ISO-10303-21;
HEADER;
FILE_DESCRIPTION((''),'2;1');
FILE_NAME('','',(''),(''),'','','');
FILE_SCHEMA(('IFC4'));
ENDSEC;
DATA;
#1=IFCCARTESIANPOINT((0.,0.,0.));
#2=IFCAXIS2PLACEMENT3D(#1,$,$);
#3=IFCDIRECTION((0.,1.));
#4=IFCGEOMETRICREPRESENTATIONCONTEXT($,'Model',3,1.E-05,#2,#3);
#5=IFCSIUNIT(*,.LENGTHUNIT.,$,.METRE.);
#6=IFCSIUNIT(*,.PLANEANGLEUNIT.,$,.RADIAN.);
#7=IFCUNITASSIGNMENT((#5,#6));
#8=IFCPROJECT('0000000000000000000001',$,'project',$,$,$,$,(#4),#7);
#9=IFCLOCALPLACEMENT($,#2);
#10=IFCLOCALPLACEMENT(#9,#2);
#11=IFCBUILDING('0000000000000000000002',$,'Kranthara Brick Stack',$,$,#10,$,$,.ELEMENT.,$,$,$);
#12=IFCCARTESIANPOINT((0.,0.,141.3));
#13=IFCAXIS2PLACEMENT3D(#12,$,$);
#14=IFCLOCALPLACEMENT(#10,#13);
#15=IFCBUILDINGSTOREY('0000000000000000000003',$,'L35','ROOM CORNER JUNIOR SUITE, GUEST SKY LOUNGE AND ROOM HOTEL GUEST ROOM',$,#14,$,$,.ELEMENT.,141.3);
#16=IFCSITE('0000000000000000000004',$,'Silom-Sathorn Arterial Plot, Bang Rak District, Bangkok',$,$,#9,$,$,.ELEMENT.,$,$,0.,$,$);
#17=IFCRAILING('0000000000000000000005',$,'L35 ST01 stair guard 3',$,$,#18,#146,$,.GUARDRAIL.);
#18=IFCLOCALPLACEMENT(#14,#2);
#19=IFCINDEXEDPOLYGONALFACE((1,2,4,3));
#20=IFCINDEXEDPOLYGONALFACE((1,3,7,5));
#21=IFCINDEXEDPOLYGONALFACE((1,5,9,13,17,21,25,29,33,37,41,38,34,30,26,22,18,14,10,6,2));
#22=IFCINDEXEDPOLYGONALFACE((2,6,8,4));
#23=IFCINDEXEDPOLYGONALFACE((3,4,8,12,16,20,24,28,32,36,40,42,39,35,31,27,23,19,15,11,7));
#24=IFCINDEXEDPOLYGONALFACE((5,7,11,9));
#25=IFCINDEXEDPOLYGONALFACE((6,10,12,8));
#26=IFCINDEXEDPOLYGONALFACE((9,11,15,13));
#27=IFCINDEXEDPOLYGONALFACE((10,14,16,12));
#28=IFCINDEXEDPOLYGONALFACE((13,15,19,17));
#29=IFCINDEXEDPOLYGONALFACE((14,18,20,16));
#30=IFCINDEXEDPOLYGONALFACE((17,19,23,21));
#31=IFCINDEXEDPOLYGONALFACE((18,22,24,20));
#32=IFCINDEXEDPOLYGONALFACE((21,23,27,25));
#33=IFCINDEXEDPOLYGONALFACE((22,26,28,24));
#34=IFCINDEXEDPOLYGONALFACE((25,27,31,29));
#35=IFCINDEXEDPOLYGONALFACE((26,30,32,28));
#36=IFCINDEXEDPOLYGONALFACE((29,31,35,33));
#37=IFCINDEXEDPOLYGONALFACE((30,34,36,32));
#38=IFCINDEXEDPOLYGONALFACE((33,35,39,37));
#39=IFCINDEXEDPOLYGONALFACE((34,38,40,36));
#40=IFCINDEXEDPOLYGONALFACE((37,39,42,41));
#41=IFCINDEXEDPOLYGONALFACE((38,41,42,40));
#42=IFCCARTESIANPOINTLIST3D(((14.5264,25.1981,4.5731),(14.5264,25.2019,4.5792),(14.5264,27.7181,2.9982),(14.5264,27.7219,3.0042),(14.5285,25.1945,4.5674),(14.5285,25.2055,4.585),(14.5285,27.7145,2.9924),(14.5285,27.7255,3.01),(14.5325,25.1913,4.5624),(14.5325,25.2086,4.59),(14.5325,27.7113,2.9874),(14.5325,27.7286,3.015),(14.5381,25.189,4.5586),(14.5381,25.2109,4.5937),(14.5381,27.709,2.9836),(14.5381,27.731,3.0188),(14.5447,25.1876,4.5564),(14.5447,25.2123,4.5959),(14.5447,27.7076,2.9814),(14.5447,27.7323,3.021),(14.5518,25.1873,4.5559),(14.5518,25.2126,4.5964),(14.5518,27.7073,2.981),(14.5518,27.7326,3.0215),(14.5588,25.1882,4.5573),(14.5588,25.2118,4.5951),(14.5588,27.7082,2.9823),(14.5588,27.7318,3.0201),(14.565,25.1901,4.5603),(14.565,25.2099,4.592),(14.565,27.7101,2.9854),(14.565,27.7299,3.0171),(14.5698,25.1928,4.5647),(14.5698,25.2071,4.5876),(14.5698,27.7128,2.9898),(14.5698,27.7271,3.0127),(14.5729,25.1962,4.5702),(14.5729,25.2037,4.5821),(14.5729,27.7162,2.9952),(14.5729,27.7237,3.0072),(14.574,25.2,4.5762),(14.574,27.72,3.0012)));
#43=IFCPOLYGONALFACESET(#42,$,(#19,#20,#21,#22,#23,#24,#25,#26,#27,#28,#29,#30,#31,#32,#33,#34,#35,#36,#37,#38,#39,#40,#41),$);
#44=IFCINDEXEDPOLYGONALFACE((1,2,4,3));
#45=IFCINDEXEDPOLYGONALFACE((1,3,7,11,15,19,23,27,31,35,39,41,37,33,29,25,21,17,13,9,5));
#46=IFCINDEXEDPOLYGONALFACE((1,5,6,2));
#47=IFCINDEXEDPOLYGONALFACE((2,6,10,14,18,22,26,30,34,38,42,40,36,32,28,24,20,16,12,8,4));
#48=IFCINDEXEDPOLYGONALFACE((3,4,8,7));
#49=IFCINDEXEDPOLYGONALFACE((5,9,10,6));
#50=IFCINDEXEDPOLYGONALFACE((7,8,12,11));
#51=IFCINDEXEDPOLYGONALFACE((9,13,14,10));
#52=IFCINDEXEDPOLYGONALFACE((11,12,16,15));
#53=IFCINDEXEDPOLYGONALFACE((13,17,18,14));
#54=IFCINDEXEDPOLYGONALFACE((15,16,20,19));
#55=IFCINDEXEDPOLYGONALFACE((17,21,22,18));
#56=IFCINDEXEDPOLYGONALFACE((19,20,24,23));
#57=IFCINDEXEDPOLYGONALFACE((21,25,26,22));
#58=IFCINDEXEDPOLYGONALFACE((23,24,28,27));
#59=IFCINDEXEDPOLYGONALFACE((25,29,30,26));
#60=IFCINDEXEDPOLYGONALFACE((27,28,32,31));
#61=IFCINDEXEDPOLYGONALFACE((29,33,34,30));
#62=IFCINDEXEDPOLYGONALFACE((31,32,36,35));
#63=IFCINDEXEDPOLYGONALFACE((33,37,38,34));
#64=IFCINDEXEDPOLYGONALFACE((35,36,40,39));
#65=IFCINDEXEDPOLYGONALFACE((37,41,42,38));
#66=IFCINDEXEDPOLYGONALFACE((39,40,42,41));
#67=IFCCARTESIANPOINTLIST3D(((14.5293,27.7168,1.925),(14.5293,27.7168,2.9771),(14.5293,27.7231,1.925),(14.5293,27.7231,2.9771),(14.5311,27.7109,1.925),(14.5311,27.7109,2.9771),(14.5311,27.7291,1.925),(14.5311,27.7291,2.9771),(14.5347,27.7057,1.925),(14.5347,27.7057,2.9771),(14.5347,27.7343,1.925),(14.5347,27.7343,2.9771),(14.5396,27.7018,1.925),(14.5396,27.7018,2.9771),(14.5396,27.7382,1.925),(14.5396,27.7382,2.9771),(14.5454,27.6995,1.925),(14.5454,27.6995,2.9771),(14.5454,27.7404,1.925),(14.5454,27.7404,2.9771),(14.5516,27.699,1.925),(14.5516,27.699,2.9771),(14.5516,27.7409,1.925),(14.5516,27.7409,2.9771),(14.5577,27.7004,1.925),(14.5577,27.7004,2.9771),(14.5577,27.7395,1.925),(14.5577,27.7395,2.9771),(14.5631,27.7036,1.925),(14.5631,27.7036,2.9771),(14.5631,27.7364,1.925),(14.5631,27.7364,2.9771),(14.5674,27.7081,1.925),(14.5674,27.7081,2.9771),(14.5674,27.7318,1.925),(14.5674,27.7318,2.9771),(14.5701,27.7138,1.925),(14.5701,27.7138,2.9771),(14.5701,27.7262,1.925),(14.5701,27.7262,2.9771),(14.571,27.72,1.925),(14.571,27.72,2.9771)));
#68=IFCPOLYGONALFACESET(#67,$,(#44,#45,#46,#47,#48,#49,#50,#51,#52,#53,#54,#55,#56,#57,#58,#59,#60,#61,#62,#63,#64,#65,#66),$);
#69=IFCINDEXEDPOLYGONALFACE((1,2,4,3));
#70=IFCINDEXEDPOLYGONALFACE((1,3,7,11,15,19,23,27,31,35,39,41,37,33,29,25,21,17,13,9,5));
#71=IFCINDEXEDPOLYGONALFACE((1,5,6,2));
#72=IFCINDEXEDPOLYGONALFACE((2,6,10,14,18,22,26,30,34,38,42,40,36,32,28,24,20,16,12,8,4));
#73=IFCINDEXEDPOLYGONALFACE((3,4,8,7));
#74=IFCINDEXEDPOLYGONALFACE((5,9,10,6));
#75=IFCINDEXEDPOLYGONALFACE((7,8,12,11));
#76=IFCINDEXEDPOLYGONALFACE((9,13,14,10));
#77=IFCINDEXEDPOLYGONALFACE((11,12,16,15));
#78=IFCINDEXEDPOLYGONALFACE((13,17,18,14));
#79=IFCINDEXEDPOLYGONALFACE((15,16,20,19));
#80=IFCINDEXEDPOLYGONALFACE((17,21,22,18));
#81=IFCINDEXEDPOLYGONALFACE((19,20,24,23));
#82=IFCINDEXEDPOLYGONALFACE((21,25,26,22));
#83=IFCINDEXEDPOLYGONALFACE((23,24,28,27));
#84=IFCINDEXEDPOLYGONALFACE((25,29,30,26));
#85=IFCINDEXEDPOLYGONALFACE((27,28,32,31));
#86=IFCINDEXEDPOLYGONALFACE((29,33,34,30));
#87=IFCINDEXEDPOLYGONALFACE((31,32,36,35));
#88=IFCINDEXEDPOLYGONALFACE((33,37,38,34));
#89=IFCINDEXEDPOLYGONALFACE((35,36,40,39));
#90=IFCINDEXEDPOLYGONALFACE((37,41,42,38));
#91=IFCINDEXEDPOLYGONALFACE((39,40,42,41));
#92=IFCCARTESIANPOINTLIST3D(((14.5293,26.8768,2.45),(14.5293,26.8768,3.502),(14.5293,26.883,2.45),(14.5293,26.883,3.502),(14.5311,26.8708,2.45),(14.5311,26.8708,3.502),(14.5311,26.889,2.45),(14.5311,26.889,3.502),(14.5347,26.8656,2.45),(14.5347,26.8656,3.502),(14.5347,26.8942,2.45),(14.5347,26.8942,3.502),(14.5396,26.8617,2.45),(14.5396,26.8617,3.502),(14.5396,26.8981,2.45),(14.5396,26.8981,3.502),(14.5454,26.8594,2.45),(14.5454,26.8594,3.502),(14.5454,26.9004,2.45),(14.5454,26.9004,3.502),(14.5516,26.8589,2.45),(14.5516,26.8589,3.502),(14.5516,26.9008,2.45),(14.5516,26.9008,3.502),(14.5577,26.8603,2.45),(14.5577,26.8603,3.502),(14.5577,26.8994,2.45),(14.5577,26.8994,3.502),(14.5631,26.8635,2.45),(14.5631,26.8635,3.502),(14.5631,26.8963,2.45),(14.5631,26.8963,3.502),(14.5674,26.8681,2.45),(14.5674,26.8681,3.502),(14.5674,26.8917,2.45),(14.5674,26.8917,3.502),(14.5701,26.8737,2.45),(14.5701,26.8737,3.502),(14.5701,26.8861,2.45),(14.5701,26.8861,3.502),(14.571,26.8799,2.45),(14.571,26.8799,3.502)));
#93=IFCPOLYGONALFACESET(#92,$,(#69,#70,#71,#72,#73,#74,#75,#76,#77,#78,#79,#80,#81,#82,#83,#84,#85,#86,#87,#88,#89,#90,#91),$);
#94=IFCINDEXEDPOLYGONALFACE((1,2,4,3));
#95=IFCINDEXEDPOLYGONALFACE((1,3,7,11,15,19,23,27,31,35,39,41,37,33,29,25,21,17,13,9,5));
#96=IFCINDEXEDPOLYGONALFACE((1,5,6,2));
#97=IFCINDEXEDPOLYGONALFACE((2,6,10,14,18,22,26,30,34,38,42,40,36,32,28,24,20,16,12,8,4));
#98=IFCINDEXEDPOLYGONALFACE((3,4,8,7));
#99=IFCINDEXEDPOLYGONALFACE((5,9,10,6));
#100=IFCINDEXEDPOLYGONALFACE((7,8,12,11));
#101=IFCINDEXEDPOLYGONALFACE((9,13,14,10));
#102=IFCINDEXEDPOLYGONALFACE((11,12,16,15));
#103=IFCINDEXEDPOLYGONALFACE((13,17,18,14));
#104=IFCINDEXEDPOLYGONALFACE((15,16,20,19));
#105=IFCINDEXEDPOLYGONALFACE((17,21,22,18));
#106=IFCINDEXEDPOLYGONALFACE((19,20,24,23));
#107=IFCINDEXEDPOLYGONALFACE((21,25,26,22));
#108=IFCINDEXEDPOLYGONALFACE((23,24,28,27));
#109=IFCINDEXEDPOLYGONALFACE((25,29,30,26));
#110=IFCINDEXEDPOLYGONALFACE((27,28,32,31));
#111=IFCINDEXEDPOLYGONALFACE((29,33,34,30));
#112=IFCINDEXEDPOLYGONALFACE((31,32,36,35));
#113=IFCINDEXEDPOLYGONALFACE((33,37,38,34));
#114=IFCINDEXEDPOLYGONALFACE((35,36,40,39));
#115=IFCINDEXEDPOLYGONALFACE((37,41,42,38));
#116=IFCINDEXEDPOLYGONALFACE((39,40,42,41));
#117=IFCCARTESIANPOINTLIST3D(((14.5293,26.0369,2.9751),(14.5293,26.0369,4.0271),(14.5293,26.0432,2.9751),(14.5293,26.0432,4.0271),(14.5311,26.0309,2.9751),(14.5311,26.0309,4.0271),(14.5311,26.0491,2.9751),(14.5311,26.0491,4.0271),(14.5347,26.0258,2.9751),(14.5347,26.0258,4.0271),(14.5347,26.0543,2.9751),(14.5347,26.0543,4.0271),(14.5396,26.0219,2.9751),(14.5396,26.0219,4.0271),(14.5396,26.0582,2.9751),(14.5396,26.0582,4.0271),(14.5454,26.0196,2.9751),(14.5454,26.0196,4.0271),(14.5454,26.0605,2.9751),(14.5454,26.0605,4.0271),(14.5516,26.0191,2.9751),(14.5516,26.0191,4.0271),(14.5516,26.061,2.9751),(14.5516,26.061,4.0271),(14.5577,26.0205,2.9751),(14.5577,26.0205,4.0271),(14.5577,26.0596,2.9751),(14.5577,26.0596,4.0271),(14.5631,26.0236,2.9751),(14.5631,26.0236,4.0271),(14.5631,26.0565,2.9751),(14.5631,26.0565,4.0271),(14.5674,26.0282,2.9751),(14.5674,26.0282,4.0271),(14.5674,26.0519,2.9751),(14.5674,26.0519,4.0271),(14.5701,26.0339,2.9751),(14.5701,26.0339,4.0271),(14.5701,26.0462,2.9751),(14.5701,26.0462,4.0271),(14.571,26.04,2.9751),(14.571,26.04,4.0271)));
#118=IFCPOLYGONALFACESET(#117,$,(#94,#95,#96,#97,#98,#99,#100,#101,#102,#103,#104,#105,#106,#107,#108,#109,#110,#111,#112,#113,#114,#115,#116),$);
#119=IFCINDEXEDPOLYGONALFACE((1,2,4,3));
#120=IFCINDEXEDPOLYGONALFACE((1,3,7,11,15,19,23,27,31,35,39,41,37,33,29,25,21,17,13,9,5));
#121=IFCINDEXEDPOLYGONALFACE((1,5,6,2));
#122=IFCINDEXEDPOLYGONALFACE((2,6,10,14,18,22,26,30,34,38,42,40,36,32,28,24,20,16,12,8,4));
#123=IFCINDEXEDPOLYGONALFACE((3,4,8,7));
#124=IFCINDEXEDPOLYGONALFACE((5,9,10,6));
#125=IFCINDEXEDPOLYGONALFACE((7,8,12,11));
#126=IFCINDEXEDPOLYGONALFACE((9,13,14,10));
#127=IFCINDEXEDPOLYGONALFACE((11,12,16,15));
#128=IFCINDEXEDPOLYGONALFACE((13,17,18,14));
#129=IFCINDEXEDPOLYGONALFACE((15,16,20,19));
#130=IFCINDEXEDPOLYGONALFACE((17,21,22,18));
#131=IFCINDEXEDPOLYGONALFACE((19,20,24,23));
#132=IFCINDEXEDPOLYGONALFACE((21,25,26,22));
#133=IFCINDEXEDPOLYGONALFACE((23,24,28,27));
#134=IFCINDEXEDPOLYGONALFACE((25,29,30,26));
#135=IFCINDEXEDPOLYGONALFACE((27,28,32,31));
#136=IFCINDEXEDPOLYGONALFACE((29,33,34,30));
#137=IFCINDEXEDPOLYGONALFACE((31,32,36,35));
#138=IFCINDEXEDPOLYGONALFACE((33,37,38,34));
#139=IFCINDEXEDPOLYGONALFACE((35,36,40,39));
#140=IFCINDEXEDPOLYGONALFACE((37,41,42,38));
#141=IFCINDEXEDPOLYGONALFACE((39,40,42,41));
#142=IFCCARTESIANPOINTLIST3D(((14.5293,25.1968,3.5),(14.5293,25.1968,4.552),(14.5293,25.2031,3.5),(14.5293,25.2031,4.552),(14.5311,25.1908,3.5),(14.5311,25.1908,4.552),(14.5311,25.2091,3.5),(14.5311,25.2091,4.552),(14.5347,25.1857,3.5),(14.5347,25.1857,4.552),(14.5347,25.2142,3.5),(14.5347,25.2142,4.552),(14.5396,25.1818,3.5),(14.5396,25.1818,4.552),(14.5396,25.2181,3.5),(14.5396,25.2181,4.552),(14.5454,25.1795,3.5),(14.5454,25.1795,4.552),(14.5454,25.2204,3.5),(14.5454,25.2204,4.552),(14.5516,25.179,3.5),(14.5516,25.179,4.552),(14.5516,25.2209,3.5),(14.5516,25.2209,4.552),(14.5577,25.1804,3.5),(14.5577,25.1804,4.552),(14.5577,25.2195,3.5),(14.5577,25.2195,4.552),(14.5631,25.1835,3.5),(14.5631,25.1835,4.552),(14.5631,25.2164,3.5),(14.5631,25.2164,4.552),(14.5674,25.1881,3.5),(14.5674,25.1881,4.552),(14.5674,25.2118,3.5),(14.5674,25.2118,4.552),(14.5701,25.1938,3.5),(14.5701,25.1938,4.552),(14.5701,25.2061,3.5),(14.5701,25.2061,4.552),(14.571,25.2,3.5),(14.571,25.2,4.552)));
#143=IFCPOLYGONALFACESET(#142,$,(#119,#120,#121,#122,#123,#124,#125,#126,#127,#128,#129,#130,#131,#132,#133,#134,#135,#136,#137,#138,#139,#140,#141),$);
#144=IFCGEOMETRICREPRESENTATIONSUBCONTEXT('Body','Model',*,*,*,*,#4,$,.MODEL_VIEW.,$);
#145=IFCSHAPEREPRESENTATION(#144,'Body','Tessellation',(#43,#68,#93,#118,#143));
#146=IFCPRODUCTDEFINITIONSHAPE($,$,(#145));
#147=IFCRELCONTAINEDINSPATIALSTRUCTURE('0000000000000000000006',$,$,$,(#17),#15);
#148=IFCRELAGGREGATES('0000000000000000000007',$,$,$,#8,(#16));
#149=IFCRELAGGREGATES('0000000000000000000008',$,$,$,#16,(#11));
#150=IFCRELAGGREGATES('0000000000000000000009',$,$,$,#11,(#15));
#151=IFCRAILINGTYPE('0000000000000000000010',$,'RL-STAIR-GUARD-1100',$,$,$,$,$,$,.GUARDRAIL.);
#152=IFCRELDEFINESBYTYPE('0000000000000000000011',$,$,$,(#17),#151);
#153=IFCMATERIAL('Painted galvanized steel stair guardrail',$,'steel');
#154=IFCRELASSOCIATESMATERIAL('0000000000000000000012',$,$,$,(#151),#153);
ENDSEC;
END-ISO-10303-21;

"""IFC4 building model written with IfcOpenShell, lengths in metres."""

from ifc_helpers import new_model, si_unit, direction, frame, origin, origin_2d, place, context, subcontext, project, spatial, circle, extrude, material, type_object, element, save


model = new_model("IFC4")

# Units and contexts
model_context = context("Model", 3, precision=1e-05, world=origin(), true_north=direction((0.0, 1.0)))
body_context = subcontext(model_context, "Body", "Model", "MODEL_VIEW")
ifc_project = project(units=[si_unit("LENGTHUNIT", "METRE"), si_unit("PLANEANGLEUNIT", "RADIAN")], contexts=[model_context])

# Site, building, storey
site_placement = place(None, origin())
site = spatial("IfcSite", under=ifc_project, at=site_placement, Name="Silom-Sathorn Arterial Plot, Bang Rak District, Bangkok", CompositionType="ELEMENT", RefElevation=0.0)
building_placement = place(site_placement, origin())
building = spatial("IfcBuilding", under=site, at=building_placement, Name="Kranthara Brick Stack", CompositionType="ELEMENT")
storey_placement = place(building_placement, frame((0.0, 0.0, 141.3)))
storey = spatial("IfcBuildingStorey", under=building, at=storey_placement, Name="L35", Description="ROOM CORNER JUNIOR SUITE, GUEST SKY LOUNGE AND ROOM HOTEL GUEST ROOM", CompositionType="ELEMENT", Elevation=141.3)

# Railing
ifc_material_1 = material(Name="Painted galvanized steel stair guardrail", Category="steel")
railing_type_1 = type_object("IfcRailingType", Name="RL-STAIR-GUARD-1100", PredefinedType="GUARDRAIL", material=ifc_material_1)
railing_1_placement = place(storey_placement, frame((14.55, 27.72, 1.925)))
element("IfcRailing", 1, at=railing_1_placement, inside=storey, type_object=railing_type_1, Name="L35 ST01 stair guard 3", PredefinedType="GUARDRAIL", context=body_context, shape_type="SweptSolid", body=[
    extrude(circle(Radius=0.0239, at=origin_2d()), frame((0.0, 0.0, 1.0762), z_axis=(0.0, -0.848008, 0.529984), x_axis=(1.0, 0.0, 0.0)), (0.0, 0.0, 1.0), 2.9717),
    extrude(circle(Radius=0.021, at=origin_2d()), origin(), (0.0, 0.0, 1.0), 1.052),
    extrude(circle(Radius=0.021, at=origin_2d()), frame((0.0, -0.8401, 0.5249)), (0.0, 0.0, 1.0), 1.052),
    extrude(circle(Radius=0.021, at=origin_2d()), frame((0.0, -1.6799, 1.05)), (0.0, 0.0, 1.0), 1.052),
    extrude(circle(Radius=0.021, at=origin_2d()), frame((0.0, -2.52, 1.575)), (0.0, 0.0, 1.0), 1.052),
])

save(model, "model.ifc")
